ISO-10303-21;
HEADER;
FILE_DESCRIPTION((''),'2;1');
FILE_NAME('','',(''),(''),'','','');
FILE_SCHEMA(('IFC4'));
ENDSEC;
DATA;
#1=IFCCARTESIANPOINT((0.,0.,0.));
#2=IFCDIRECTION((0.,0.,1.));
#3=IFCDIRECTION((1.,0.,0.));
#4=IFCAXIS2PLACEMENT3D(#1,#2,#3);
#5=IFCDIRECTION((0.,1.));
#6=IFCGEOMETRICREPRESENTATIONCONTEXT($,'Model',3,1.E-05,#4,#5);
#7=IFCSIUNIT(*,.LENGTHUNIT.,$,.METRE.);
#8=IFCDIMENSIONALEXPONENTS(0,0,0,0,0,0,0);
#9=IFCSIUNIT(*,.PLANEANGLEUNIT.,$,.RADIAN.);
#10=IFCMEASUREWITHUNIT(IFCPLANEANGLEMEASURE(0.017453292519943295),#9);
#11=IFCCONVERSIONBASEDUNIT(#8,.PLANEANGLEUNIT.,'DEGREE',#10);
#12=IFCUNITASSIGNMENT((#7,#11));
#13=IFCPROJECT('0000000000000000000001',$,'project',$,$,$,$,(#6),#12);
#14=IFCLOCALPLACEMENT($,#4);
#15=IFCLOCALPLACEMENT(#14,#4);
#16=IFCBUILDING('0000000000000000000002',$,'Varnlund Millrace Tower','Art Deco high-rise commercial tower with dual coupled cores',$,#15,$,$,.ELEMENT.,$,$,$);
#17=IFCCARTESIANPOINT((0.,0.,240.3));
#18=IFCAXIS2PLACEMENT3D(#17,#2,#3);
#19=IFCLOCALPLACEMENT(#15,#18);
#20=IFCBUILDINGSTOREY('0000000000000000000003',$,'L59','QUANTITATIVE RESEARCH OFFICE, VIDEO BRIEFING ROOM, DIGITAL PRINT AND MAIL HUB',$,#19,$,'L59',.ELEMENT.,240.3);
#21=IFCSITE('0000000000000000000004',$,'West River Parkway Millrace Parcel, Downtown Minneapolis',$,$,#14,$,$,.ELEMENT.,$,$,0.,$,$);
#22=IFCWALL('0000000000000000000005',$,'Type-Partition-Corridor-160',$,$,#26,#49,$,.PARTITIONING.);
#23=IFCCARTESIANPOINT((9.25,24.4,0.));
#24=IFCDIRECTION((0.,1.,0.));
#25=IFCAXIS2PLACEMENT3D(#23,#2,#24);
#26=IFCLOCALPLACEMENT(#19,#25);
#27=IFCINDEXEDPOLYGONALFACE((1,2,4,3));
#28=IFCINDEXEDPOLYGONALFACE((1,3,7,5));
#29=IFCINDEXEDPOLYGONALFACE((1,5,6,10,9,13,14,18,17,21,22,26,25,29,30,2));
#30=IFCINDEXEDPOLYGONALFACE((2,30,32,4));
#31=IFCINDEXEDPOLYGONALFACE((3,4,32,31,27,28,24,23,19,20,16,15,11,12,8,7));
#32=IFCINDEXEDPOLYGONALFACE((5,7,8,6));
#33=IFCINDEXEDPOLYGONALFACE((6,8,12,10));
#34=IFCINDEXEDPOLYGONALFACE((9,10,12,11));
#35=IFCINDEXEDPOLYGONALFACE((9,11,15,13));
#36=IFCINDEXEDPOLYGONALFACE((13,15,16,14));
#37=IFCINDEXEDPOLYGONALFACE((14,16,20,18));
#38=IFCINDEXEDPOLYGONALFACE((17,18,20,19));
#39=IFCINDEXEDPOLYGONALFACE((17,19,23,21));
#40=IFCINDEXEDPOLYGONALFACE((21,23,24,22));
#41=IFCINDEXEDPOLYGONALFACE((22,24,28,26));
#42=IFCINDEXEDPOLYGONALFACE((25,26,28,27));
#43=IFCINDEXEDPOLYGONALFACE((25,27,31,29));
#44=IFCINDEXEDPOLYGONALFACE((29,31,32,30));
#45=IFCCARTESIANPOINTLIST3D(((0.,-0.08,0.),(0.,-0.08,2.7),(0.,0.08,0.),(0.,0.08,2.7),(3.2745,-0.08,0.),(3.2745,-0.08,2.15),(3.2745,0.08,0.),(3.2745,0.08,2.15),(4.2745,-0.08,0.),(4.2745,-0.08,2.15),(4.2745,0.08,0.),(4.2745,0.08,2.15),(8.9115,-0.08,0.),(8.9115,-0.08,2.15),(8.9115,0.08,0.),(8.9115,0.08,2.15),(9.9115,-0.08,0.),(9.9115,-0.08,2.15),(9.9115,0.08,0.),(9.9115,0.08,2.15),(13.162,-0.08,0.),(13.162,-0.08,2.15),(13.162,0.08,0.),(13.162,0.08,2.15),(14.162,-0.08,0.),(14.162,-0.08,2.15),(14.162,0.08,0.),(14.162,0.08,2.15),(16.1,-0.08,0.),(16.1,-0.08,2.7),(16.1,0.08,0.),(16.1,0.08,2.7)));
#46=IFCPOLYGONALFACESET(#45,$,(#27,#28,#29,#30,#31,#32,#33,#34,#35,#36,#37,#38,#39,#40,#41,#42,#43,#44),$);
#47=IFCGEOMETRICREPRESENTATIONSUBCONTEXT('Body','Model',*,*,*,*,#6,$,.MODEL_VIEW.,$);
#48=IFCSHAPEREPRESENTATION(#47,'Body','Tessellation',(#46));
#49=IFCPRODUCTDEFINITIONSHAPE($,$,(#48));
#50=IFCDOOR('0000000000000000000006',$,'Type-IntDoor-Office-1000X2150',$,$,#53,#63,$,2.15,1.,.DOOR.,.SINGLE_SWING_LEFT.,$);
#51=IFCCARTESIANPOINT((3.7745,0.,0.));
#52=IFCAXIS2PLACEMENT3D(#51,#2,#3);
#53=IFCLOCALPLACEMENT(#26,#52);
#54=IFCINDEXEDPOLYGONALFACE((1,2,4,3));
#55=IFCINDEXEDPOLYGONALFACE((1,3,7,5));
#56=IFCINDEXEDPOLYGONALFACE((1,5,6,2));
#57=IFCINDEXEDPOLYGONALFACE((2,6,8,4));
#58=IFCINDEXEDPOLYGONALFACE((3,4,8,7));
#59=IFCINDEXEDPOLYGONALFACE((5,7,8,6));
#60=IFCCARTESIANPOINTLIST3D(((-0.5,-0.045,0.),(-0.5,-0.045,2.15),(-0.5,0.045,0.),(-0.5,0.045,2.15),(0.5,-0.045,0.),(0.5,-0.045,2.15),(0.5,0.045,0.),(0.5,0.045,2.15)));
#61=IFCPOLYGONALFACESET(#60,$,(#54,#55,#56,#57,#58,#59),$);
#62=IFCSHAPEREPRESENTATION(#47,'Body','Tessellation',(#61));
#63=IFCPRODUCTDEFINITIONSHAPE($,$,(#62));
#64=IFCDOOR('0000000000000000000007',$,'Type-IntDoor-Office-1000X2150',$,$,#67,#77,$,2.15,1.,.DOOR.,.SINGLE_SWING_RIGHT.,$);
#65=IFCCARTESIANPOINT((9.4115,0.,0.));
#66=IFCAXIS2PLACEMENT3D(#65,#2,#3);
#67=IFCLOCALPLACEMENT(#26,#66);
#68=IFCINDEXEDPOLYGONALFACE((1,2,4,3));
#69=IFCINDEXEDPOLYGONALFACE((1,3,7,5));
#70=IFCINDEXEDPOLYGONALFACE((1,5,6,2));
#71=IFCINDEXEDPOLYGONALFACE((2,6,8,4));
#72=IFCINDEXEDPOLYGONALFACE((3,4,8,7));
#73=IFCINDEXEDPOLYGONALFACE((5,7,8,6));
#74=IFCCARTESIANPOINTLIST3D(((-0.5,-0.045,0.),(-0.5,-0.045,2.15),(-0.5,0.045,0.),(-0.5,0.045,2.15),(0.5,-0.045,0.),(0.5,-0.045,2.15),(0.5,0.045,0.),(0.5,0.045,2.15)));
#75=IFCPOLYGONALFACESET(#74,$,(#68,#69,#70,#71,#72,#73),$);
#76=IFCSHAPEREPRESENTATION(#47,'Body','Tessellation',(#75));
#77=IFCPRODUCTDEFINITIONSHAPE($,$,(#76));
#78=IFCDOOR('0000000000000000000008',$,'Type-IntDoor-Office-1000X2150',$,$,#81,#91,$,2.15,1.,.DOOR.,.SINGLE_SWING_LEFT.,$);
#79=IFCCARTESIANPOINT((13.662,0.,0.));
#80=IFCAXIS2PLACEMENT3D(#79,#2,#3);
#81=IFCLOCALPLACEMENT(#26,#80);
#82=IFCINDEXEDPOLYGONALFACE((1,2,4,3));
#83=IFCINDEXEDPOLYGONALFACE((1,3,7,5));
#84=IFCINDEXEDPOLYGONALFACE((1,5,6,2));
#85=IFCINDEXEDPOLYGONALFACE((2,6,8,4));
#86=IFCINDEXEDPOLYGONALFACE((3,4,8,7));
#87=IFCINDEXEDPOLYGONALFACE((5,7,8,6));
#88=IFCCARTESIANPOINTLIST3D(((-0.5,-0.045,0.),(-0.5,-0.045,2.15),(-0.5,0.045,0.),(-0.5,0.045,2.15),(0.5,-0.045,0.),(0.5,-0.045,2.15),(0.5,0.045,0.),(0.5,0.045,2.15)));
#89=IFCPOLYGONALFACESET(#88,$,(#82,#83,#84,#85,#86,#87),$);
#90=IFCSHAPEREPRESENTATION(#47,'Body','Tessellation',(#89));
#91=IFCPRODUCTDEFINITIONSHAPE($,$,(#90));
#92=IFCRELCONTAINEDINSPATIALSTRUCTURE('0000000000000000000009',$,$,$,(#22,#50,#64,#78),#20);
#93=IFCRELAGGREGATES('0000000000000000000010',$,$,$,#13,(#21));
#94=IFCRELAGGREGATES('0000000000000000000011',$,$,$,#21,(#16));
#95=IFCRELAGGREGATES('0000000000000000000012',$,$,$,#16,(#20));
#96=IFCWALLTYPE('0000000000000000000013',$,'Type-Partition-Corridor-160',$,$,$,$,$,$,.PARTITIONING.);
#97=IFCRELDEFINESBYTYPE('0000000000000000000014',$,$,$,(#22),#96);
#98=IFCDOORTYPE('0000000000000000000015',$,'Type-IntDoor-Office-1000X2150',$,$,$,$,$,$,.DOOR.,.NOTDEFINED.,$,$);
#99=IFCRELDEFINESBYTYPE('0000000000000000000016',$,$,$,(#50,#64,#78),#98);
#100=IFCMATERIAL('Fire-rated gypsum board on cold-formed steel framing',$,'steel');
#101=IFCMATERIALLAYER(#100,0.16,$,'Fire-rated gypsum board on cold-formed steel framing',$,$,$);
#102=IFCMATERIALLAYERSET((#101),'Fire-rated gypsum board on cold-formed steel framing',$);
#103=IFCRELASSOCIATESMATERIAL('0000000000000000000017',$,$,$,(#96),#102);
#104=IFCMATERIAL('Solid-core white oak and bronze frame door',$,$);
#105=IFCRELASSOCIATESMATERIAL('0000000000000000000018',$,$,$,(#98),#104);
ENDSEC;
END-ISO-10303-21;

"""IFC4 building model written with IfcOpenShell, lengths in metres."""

from ifc_helpers import new_model, entity, si_unit, converted_unit, direction, frame, origin_with_axes, origin_2d_with_axis, place, context, subcontext, project, spatial, polyline, rectangle, outline, extrude, material, layer, layer_set, type_object, element, fill, save


model = new_model("IFC4")

# Units and contexts
model_context = context("Model", 3, precision=1e-05, world=origin_with_axes(), true_north=direction((0.0, 1.0)))
body_context = subcontext(model_context, "Body", "Model", "MODEL_VIEW")
ifc_project = project(units=[si_unit("LENGTHUNIT", "METRE"), converted_unit("PLANEANGLEUNIT", "DEGREE", entity("IfcPlaneAngleMeasure", 0.017453292519943295), si_unit("PLANEANGLEUNIT", "RADIAN"), dimensions=[0, 0, 0, 0, 0, 0, 0])], contexts=[model_context])

# Site, building, storey
site_placement = place(None, origin_with_axes())
site = spatial("IfcSite", under=ifc_project, at=site_placement, Name="West River Parkway Millrace Parcel, Downtown Minneapolis", CompositionType="ELEMENT", RefElevation=0.0)
building_placement = place(site_placement, origin_with_axes())
building = spatial("IfcBuilding", under=site, at=building_placement, Name="Varnlund Millrace Tower", Description="Art Deco high-rise commercial tower with dual coupled cores", CompositionType="ELEMENT")
storey_placement = place(building_placement, frame((0.0, 0.0, 240.3), z_axis=(0.0, 0.0, 1.0), x_axis=(1.0, 0.0, 0.0)))
storey = spatial("IfcBuildingStorey", under=building, at=storey_placement, Name="L59", Description="QUANTITATIVE RESEARCH OFFICE, VIDEO BRIEFING ROOM, DIGITAL PRINT AND MAIL HUB", LongName="L59", CompositionType="ELEMENT", Elevation=240.3)

# Wall, openings, doors
ifc_material_1 = material(Name="Fire-rated gypsum board on cold-formed steel framing", Category="steel")
ifc_layer_1 = layer(ifc_material_1, 0.16, Name="Fire-rated gypsum board on cold-formed steel framing")
ifc_layer_set_1 = layer_set([ifc_layer_1], Name="Fire-rated gypsum board on cold-formed steel framing")
wall_type_1 = type_object("IfcWallType", Name="Type-Partition-Corridor-160", PredefinedType="PARTITIONING", material=ifc_layer_set_1)
ifc_material_2 = material(Name="Solid-core white oak and bronze frame door")
door_type = type_object("IfcDoorType", Name="Type-IntDoor-Office-1000X2150", OperationType="NOTDEFINED", PredefinedType="DOOR", material=ifc_material_2)
wall_1_placement = place(storey_placement, frame((9.25, 24.4, 0.0), z_axis=(0.0, 0.0, 1.0), x_axis=(0.0, 1.0, 0.0)))
wall_1 = element("IfcWall", 1, at=wall_1_placement, inside=storey, type_object=wall_type_1, Name="Type-Partition-Corridor-160", PredefinedType="PARTITIONING", context=body_context, shape_type="SweptSolid", body=[
    extrude(outline(polyline([(0.0, -0.08), (16.1, -0.08), (16.1, 0.08), (0.0, 0.08), (0.0, -0.08)])), origin_with_axes(), (0.0, 0.0, 1.0), 2.7),
])
opening_1_placement = place(wall_1_placement, frame((3.7745, 0.0, 0.0), z_axis=(0.0, 0.0, 1.0), x_axis=(1.0, 0.0, 0.0)))
opening_1 = element("IfcOpeningElement", 2, at=opening_1_placement, cuts=wall_1, PredefinedType="OPENING", context=body_context, shape_type="SweptSolid", body=[
    extrude(rectangle(XDim=1.0, YDim=0.18, at=origin_2d_with_axis()), origin_with_axes(), (0.0, 0.0, 1.0), 2.15),
])
opening_2_placement = place(wall_1_placement, frame((9.4115, 0.0, 0.0), z_axis=(0.0, 0.0, 1.0), x_axis=(1.0, 0.0, 0.0)))
opening_2 = element("IfcOpeningElement", 3, at=opening_2_placement, cuts=wall_1, PredefinedType="OPENING", context=body_context, shape_type="SweptSolid", body=[
    extrude(rectangle(XDim=1.0, YDim=0.18, at=origin_2d_with_axis()), origin_with_axes(), (0.0, 0.0, 1.0), 2.15),
])
opening_3_placement = place(wall_1_placement, frame((13.662, 0.0, 0.0), z_axis=(0.0, 0.0, 1.0), x_axis=(1.0, 0.0, 0.0)))
opening_3 = element("IfcOpeningElement", 4, at=opening_3_placement, cuts=wall_1, PredefinedType="OPENING", context=body_context, shape_type="SweptSolid", body=[
    extrude(rectangle(XDim=1.0, YDim=0.18, at=origin_2d_with_axis()), origin_with_axes(), (0.0, 0.0, 1.0), 2.15),
])
door_1_placement = place(wall_1_placement, frame((3.7745, 0.0, 0.0), z_axis=(0.0, 0.0, 1.0), x_axis=(1.0, 0.0, 0.0)))
door_1 = element("IfcDoor", 5, at=door_1_placement, inside=storey, type_object=door_type, Name="Type-IntDoor-Office-1000X2150", OperationType="SINGLE_SWING_LEFT", OverallHeight=2.15, OverallWidth=1.0, PredefinedType="DOOR", context=body_context, shape_type="SweptSolid", body=[
    extrude(rectangle(XDim=1.0, YDim=0.09, at=origin_2d_with_axis()), origin_with_axes(), (0.0, 0.0, 1.0), 2.15),
])
fill(opening_1, door_1)
door_2_placement = place(wall_1_placement, frame((9.4115, 0.0, 0.0), z_axis=(0.0, 0.0, 1.0), x_axis=(1.0, 0.0, 0.0)))
door_2 = element("IfcDoor", 6, at=door_2_placement, inside=storey, type_object=door_type, Name="Type-IntDoor-Office-1000X2150", OperationType="SINGLE_SWING_RIGHT", OverallHeight=2.15, OverallWidth=1.0, PredefinedType="DOOR", context=body_context, shape_type="SweptSolid", body=[
    extrude(rectangle(XDim=1.0, YDim=0.09, at=origin_2d_with_axis()), origin_with_axes(), (0.0, 0.0, 1.0), 2.15),
])
fill(opening_2, door_2)
door_3_placement = place(wall_1_placement, frame((13.662, 0.0, 0.0), z_axis=(0.0, 0.0, 1.0), x_axis=(1.0, 0.0, 0.0)))
door_3 = element("IfcDoor", 7, at=door_3_placement, inside=storey, type_object=door_type, Name="Type-IntDoor-Office-1000X2150", OperationType="SINGLE_SWING_LEFT", OverallHeight=2.15, OverallWidth=1.0, PredefinedType="DOOR", context=body_context, shape_type="SweptSolid", body=[
    extrude(rectangle(XDim=1.0, YDim=0.09, at=origin_2d_with_axis()), origin_with_axes(), (0.0, 0.0, 1.0), 2.15),
])
fill(opening_3, door_3)

save(model, "model.ifc")
